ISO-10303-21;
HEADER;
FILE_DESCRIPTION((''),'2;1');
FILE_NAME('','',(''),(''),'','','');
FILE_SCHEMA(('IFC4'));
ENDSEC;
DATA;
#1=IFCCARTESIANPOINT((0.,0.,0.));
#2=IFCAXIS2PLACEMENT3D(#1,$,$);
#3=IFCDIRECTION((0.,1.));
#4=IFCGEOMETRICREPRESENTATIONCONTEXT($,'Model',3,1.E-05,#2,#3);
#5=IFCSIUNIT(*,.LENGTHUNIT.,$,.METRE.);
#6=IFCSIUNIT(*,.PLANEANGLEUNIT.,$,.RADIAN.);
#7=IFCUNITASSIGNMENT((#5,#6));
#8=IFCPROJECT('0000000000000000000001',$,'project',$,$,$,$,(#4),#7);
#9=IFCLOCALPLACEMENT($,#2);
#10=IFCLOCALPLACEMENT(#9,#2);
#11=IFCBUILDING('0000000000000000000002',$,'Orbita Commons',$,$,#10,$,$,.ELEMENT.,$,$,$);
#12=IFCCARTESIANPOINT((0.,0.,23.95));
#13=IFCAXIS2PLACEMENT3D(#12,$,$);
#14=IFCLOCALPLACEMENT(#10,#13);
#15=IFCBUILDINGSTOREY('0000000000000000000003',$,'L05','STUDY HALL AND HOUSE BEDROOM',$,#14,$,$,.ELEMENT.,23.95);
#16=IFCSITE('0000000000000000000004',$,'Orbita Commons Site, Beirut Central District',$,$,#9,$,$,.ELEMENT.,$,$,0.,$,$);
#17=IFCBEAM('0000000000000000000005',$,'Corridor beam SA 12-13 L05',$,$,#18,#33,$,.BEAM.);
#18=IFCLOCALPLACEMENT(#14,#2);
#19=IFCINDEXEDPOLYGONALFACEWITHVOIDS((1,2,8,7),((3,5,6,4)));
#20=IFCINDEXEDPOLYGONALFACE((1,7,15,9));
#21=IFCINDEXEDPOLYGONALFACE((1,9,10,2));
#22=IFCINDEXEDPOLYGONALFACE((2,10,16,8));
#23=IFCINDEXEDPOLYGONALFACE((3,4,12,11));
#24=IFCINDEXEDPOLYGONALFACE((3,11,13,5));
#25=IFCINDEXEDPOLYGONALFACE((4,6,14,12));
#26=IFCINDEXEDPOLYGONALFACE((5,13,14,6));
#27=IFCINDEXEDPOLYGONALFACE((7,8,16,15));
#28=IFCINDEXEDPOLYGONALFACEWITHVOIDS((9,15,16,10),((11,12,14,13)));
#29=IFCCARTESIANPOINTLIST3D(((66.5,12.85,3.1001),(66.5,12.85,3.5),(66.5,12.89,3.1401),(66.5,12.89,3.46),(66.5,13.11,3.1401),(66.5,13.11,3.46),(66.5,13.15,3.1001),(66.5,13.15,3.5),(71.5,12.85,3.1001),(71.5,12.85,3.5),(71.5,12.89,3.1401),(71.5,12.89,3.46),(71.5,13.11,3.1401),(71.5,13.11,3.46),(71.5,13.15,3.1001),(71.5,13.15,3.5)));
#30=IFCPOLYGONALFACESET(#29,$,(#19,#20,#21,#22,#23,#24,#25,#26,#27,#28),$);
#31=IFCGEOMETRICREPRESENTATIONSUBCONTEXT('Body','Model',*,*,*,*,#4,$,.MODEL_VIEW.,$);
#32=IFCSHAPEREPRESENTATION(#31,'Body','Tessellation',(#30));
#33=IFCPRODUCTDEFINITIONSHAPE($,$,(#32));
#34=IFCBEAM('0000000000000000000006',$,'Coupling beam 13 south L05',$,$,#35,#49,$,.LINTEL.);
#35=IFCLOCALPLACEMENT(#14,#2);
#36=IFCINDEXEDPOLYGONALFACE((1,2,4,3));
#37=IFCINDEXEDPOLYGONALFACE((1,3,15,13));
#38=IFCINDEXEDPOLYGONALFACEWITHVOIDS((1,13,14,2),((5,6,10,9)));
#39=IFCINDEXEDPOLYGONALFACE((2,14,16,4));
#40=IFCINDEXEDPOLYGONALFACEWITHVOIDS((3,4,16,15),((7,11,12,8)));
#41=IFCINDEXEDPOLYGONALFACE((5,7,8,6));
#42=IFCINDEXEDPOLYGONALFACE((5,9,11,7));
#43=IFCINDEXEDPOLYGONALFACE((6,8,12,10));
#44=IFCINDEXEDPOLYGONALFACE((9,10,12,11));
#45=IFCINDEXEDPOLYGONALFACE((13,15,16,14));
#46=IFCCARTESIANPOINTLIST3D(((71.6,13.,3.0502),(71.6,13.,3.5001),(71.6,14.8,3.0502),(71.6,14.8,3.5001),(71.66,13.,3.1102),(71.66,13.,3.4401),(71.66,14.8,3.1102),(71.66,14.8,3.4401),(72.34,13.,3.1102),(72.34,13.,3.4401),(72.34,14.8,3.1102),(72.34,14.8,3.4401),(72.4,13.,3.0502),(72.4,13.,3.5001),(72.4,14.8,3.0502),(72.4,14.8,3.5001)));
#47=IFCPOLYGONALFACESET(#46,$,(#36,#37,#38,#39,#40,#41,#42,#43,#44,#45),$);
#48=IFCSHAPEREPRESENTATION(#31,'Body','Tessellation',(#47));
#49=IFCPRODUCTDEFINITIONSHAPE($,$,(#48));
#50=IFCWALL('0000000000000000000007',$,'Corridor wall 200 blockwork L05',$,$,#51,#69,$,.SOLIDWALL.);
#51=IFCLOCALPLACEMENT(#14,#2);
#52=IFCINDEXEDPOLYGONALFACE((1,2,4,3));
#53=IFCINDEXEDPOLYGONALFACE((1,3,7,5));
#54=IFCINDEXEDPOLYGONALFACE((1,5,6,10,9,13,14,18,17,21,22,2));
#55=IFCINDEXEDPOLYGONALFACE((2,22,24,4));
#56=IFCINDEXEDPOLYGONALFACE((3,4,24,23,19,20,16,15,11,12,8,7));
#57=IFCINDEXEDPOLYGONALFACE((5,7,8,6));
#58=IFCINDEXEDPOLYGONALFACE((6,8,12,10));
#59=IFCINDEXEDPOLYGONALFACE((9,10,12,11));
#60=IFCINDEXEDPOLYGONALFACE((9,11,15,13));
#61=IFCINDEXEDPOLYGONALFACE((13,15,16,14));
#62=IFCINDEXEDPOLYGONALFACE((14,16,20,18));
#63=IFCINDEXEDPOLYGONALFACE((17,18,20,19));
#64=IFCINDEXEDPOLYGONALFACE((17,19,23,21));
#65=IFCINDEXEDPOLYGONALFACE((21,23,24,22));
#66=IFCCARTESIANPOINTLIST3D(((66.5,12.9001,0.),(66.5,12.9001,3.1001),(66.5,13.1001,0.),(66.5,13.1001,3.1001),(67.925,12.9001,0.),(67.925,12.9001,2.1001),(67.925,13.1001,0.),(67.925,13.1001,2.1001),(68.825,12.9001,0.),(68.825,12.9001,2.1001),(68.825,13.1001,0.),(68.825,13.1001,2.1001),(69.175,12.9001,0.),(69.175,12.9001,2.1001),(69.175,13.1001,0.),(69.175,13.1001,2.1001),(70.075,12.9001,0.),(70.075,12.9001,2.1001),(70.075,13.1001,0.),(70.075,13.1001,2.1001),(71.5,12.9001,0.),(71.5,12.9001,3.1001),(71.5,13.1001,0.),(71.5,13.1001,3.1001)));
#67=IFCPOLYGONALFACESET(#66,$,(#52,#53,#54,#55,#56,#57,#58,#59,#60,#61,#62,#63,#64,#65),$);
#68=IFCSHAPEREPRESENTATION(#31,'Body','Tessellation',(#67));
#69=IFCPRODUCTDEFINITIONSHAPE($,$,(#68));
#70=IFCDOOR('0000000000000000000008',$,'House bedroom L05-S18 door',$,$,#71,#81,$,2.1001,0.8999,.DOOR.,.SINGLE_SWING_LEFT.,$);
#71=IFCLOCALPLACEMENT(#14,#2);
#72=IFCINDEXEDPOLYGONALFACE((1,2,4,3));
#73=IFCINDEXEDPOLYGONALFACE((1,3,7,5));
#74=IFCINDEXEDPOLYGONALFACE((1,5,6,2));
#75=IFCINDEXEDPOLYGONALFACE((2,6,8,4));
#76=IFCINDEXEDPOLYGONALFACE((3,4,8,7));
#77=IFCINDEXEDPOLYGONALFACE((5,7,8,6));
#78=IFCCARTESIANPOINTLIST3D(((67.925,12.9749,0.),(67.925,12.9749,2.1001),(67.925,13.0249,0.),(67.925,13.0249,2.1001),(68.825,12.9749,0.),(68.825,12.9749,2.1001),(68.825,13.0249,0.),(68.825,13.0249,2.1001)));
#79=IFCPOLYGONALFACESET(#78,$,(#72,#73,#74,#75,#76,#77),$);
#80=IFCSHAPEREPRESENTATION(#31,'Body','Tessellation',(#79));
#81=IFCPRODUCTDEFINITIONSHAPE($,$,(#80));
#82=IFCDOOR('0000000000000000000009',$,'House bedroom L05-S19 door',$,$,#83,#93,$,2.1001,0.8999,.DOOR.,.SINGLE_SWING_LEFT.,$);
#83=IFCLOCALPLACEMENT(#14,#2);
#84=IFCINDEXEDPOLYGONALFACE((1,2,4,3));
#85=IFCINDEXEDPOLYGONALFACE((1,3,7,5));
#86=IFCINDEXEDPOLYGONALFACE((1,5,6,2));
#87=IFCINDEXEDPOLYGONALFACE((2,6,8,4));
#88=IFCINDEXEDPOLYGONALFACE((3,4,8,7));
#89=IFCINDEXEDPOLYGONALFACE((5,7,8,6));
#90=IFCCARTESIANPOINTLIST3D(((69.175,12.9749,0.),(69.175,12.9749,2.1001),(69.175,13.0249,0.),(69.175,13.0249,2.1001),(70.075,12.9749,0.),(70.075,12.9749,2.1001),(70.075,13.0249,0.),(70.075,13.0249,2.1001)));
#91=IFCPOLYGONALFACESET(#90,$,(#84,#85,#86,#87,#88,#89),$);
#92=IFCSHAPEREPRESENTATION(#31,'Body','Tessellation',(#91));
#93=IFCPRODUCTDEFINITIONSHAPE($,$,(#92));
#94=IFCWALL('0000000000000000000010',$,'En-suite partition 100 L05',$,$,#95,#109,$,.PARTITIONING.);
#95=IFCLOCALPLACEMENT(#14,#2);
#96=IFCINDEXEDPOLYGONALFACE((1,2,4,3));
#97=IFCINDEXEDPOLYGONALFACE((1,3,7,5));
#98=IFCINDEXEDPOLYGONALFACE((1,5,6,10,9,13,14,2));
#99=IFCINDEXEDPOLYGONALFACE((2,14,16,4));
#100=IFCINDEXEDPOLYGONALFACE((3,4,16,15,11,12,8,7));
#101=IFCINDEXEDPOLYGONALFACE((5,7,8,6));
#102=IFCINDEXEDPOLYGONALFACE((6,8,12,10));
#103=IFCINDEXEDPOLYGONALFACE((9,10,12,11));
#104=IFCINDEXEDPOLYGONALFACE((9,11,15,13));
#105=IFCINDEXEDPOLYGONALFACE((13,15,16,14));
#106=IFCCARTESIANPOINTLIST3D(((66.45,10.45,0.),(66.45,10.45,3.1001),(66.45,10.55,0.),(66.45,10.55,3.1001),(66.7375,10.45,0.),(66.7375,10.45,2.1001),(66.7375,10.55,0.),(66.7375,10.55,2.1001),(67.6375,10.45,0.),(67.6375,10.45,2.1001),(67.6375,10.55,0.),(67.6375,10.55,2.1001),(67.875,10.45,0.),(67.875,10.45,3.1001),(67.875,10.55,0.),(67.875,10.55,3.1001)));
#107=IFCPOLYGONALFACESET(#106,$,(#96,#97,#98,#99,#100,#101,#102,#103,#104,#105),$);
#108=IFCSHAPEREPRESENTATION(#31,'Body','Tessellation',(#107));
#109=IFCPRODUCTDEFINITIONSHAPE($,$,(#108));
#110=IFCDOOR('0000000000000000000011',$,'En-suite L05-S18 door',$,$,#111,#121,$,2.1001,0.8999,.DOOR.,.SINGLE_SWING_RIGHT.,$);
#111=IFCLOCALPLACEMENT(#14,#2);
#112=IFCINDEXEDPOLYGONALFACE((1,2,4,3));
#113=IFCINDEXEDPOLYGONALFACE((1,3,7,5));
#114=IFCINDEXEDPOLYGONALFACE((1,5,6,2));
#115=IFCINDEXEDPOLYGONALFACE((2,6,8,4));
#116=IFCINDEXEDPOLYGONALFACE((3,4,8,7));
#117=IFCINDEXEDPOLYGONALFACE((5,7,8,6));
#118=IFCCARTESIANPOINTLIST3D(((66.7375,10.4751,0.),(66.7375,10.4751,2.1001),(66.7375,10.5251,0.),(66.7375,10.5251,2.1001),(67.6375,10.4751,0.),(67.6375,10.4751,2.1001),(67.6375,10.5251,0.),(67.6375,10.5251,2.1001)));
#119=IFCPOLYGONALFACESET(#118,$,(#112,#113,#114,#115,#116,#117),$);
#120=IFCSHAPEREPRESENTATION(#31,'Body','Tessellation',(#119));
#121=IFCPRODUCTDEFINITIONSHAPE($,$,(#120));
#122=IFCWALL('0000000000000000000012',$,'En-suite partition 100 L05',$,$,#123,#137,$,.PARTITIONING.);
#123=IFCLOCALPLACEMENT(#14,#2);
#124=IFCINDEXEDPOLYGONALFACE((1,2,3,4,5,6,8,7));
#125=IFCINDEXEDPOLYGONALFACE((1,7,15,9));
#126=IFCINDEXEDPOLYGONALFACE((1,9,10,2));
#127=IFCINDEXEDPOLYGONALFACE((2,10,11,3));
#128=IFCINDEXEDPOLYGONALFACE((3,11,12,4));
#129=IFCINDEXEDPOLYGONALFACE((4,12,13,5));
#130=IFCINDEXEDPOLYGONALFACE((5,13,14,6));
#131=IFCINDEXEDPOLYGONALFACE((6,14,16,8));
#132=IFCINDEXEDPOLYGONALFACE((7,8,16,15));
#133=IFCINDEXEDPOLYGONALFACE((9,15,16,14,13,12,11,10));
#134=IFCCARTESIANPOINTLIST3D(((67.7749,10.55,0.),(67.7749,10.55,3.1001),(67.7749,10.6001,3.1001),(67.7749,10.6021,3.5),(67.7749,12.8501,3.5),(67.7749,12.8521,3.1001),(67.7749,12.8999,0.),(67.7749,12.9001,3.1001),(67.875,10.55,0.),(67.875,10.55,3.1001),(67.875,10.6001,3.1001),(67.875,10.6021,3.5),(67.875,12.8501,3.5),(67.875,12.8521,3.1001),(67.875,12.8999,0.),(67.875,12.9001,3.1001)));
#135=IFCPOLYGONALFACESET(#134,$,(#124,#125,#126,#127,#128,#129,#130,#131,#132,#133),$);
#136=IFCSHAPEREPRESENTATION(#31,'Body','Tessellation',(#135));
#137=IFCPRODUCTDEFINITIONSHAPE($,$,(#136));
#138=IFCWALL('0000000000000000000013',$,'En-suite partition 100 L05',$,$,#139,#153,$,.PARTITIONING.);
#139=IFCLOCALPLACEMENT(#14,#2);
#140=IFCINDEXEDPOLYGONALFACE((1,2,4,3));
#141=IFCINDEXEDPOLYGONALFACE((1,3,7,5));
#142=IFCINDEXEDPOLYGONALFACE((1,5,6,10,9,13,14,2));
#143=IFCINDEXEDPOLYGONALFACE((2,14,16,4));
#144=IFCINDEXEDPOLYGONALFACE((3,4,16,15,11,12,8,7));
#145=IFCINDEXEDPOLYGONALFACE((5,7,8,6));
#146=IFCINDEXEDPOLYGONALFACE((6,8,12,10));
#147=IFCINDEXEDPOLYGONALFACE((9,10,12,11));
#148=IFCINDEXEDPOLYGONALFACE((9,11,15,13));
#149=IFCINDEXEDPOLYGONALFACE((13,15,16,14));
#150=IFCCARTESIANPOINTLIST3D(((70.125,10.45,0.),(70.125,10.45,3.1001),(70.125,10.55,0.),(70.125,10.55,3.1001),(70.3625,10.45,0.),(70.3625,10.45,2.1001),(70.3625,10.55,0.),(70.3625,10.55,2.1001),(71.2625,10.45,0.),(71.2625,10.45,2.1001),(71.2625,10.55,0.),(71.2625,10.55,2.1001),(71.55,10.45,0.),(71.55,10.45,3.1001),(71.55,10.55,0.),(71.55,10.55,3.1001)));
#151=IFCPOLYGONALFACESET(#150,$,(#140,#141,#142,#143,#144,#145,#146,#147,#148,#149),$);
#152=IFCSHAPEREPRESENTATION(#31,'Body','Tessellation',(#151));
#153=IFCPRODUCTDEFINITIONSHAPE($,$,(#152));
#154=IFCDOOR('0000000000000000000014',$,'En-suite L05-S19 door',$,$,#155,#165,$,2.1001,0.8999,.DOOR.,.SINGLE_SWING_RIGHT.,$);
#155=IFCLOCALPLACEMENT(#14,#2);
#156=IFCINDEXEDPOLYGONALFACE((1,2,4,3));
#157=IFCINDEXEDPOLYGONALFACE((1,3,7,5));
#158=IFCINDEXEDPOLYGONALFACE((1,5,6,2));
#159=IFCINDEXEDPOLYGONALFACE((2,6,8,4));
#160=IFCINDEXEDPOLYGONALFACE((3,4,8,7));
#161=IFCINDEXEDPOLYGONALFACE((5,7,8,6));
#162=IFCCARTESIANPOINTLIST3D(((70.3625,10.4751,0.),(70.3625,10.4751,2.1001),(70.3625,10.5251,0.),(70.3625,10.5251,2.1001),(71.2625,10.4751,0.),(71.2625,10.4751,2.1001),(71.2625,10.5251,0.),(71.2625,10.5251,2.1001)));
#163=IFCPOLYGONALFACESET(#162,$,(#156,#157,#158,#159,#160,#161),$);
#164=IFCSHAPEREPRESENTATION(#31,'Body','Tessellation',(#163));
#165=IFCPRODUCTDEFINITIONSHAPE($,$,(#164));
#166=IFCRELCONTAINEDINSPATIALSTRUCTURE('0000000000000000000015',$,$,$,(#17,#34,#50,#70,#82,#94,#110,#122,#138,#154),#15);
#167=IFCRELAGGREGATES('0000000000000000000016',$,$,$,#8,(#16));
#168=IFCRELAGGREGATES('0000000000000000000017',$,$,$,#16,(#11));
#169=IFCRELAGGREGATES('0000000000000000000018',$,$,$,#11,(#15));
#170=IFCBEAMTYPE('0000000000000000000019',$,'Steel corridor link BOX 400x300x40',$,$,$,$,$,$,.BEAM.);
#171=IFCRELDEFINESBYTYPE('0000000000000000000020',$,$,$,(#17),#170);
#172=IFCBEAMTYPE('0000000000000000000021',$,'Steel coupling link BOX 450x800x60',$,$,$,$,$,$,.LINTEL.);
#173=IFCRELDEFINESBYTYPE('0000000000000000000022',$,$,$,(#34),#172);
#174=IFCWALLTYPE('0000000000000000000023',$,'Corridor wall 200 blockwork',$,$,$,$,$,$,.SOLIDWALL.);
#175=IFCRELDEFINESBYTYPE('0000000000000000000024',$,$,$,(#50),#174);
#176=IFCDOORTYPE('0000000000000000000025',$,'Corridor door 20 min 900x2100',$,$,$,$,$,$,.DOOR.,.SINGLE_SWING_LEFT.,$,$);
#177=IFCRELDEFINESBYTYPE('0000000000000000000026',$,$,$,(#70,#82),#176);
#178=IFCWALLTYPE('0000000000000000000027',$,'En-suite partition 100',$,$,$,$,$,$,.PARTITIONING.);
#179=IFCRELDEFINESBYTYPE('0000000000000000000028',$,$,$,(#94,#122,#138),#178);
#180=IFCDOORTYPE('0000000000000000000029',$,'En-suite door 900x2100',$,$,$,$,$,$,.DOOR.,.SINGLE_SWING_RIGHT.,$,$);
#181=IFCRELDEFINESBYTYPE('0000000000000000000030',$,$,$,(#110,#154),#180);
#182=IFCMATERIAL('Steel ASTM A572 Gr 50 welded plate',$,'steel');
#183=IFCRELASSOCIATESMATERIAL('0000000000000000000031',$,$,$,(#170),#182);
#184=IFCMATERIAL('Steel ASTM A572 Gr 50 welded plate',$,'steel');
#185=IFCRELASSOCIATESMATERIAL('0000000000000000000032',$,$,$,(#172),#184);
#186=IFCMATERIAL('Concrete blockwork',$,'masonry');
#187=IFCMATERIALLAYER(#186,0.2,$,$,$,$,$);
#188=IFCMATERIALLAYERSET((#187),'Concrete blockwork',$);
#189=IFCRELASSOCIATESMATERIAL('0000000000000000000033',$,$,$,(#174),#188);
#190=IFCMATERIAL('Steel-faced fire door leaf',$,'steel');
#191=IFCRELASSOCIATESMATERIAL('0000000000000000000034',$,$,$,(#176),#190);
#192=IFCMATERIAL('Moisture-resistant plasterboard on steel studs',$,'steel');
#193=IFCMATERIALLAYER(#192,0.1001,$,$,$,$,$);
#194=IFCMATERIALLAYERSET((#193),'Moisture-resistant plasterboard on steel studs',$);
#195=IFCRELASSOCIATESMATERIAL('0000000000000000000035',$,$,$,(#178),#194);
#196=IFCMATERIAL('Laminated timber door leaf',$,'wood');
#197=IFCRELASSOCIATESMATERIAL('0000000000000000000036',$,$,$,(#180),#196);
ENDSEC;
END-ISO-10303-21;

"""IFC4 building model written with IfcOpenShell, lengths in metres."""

from ifc_helpers import new_model, si_unit, direction, frame, frame_2d, origin, origin_2d, place, context, subcontext, project, spatial, polyline, rectangle, hollow_rectangle, outline, extrude, material, layer, layer_set, material_profile, profile_set, type_object, element, fill, save


model = new_model("IFC4")

# Units and contexts
model_context = context("Model", 3, precision=1e-05, world=origin(), true_north=direction((0.0, 1.0)))
body_context = subcontext(model_context, "Body", "Model", "MODEL_VIEW")
ifc_project = project(units=[si_unit("LENGTHUNIT", "METRE"), si_unit("PLANEANGLEUNIT", "RADIAN")], contexts=[model_context])

# Site, building, storey
site_placement = place(None, origin())
site = spatial("IfcSite", under=ifc_project, at=site_placement, Name="Orbita Commons Site, Beirut Central District", CompositionType="ELEMENT", RefElevation=0.0)
building_placement = place(site_placement, origin())
building = spatial("IfcBuilding", under=site, at=building_placement, Name="Orbita Commons", CompositionType="ELEMENT")
storey_placement = place(building_placement, frame((0.0, 0.0, 23.95)))
storey = spatial("IfcBuildingStorey", under=building, at=storey_placement, Name="L05", Description="STUDY HALL AND HOUSE BEDROOM", CompositionType="ELEMENT", Elevation=23.95)

# Beams
ifc_material_1 = material(Name="Steel ASTM A572 Gr 50 welded plate", Category="steel")
ifc_material_profile_1 = material_profile(ifc_material_1, hollow_rectangle(XDim=0.3, YDim=0.3999, WallThickness=0.04, at=origin_2d()), Name="BOX 400x300x40")
ifc_profile_set_1 = profile_set([ifc_material_profile_1], Name="Steel ASTM A572 Gr 50 welded plate")
beam_type_1 = type_object("IfcBeamType", Name="Steel corridor link BOX 400x300x40", PredefinedType="BEAM", material=ifc_profile_set_1)
beam_1_placement = place(storey_placement, frame((66.5, 13.0, 3.3), z_axis=(1.0, 0.0, 0.0), x_axis=(0.0, 1.0, 0.0)))
element("IfcBeam", 1, at=beam_1_placement, inside=storey, type_object=beam_type_1, Name="Corridor beam SA 12-13 L05", PredefinedType="BEAM", context=body_context, shape_type="SweptSolid", body=[
    extrude(hollow_rectangle(XDim=0.3, YDim=0.3999, WallThickness=0.04, at=origin_2d()), origin(), (0.0, 0.0, 1.0), 5.0),
])
ifc_material_2 = material(Name="Steel ASTM A572 Gr 50 welded plate", Category="steel")
ifc_material_profile_2 = material_profile(ifc_material_2, hollow_rectangle(XDim=0.8, YDim=0.45, WallThickness=0.0601, at=origin_2d()), Name="BOX 450x800x60")
ifc_profile_set_2 = profile_set([ifc_material_profile_2], Name="Steel ASTM A572 Gr 50 welded plate")
beam_type_2 = type_object("IfcBeamType", Name="Steel coupling link BOX 450x800x60", PredefinedType="LINTEL", material=ifc_profile_set_2)
beam_2_placement = place(storey_placement, frame((72.0, 13.0, 3.2751), z_axis=(0.0, 1.0, 0.0), x_axis=(-1.0, 0.0, 0.0)))
element("IfcBeam", 2, at=beam_2_placement, inside=storey, type_object=beam_type_2, Name="Coupling beam 13 south L05", PredefinedType="LINTEL", context=body_context, shape_type="SweptSolid", body=[
    extrude(hollow_rectangle(XDim=0.8, YDim=0.45, WallThickness=0.0601, at=origin_2d()), origin(), (0.0, 0.0, 1.0), 1.8),
])

# Wall, openings, doors
ifc_material_3 = material(Name="Concrete blockwork", Category="masonry")
ifc_layer_1 = layer(ifc_material_3, 0.2)
ifc_layer_set_1 = layer_set([ifc_layer_1], Name="Concrete blockwork")
wall_type_1 = type_object("IfcWallType", Name="Corridor wall 200 blockwork", PredefinedType="SOLIDWALL", material=ifc_layer_set_1)
wall_1_placement = place(storey_placement, frame((66.5, 13.0, 0.0), z_axis=(0.0, 0.0, 1.0), x_axis=(1.0, 0.0, 0.0)))
wall_1 = element("IfcWall", 3, at=wall_1_placement, inside=storey, type_object=wall_type_1, Name="Corridor wall 200 blockwork L05", PredefinedType="SOLIDWALL", context=body_context, shape_type="SweptSolid", body=[
    extrude(outline(polyline([(0.0, 0.0), (5.0, 0.0), (5.0, 3.1001), (0.0, 3.1001), (0.0, 0.0)])), frame((0.0, 0.1001, 0.0), z_axis=(0.0, -1.0, 0.0), x_axis=(1.0, 0.0, 0.0)), (0.0, 0.0, 1.0), 0.2),
])
opening_1_placement = place(wall_1_placement, frame((1.425, 0.0, 0.0)))
opening_1 = element("IfcOpeningElement", 4, at=opening_1_placement, cuts=wall_1, PredefinedType="OPENING", context=body_context, shape_type="SweptSolid", body=[
    extrude(rectangle(XDim=0.8999, YDim=2.1001, at=frame_2d((0.45, 1.05))), frame((0.0, 0.1099, 0.0), z_axis=(0.0, -1.0, 0.0), x_axis=(1.0, 0.0, 0.0)), (0.0, 0.0, 1.0), 0.22),
])
opening_2_placement = place(wall_1_placement, frame((2.675, 0.0, 0.0)))
opening_2 = element("IfcOpeningElement", 5, at=opening_2_placement, cuts=wall_1, PredefinedType="OPENING", context=body_context, shape_type="SweptSolid", body=[
    extrude(rectangle(XDim=0.8999, YDim=2.1001, at=frame_2d((0.45, 1.05))), frame((0.0, 0.1099, 0.0), z_axis=(0.0, -1.0, 0.0), x_axis=(1.0, 0.0, 0.0)), (0.0, 0.0, 1.0), 0.22),
])
ifc_material_4 = material(Name="Steel-faced fire door leaf", Category="steel")
door_type_1 = type_object("IfcDoorType", Name="Corridor door 20 min 900x2100", OperationType="SINGLE_SWING_LEFT", PredefinedType="DOOR", material=ifc_material_4)
door_1_placement = place(opening_1_placement, origin())
door_1 = element("IfcDoor", 6, at=door_1_placement, inside=storey, type_object=door_type_1, Name="House bedroom L05-S18 door", OperationType="SINGLE_SWING_LEFT", OverallHeight=2.1001, OverallWidth=0.8999, PredefinedType="DOOR", context=body_context, shape_type="SweptSolid", body=[
    extrude(rectangle(XDim=0.8999, YDim=2.1001, at=frame_2d((0.45, 1.05))), frame((0.0, 0.0249, 0.0), z_axis=(0.0, -1.0, 0.0), x_axis=(1.0, 0.0, 0.0)), (0.0, 0.0, 1.0), 0.05),
])
fill(opening_1, door_1)
door_2_placement = place(opening_2_placement, origin())
door_2 = element("IfcDoor", 7, at=door_2_placement, inside=storey, type_object=door_type_1, Name="House bedroom L05-S19 door", OperationType="SINGLE_SWING_LEFT", OverallHeight=2.1001, OverallWidth=0.8999, PredefinedType="DOOR", context=body_context, shape_type="SweptSolid", body=[
    extrude(rectangle(XDim=0.8999, YDim=2.1001, at=frame_2d((0.45, 1.05))), frame((0.0, 0.0249, 0.0), z_axis=(0.0, -1.0, 0.0), x_axis=(1.0, 0.0, 0.0)), (0.0, 0.0, 1.0), 0.05),
])
fill(opening_2, door_2)

# Wall, opening, door
ifc_material_5 = material(Name="Moisture-resistant plasterboard on steel studs", Category="steel")
ifc_layer_2 = layer(ifc_material_5, 0.1001)
ifc_layer_set_2 = layer_set([ifc_layer_2], Name="Moisture-resistant plasterboard on steel studs")
wall_type_2 = type_object("IfcWallType", Name="En-suite partition 100", PredefinedType="PARTITIONING", material=ifc_layer_set_2)
wall_2_placement = place(storey_placement, frame((67.875, 10.5, 0.0), z_axis=(0.0, 0.0, 1.0), x_axis=(-1.0, 0.0, 0.0)))
wall_2 = element("IfcWall", 8, at=wall_2_placement, inside=storey, type_object=wall_type_2, Name="En-suite partition 100 L05", PredefinedType="PARTITIONING", context=body_context, shape_type="SweptSolid", body=[
    extrude(outline(polyline([(0.0, 0.0), (1.425, 0.0), (1.425, 3.1001), (0.0, 3.1001), (0.0, 0.0)])), frame((0.0, 0.05, 0.0), z_axis=(0.0, -1.0, 0.0), x_axis=(1.0, 0.0, 0.0)), (0.0, 0.0, 1.0), 0.1001),
])
opening_3_placement = place(wall_2_placement, frame((0.2375, 0.0, 0.0)))
opening_3 = element("IfcOpeningElement", 9, at=opening_3_placement, cuts=wall_2, PredefinedType="OPENING", context=body_context, shape_type="SweptSolid", body=[
    extrude(rectangle(XDim=0.8999, YDim=2.1001, at=frame_2d((0.45, 1.05))), frame((0.0, 0.0601, 0.0), z_axis=(0.0, -1.0, 0.0), x_axis=(1.0, 0.0, 0.0)), (0.0, 0.0, 1.0), 0.1201),
])
ifc_material_6 = material(Name="Laminated timber door leaf", Category="wood")
door_type_2 = type_object("IfcDoorType", Name="En-suite door 900x2100", OperationType="SINGLE_SWING_RIGHT", PredefinedType="DOOR", material=ifc_material_6)
door_3_placement = place(opening_3_placement, origin())
door_3 = element("IfcDoor", 10, at=door_3_placement, inside=storey, type_object=door_type_2, Name="En-suite L05-S18 door", OperationType="SINGLE_SWING_RIGHT", OverallHeight=2.1001, OverallWidth=0.8999, PredefinedType="DOOR", context=body_context, shape_type="SweptSolid", body=[
    extrude(rectangle(XDim=0.8999, YDim=2.1001, at=frame_2d((0.45, 1.05))), frame((0.0, 0.0249, 0.0), z_axis=(0.0, -1.0, 0.0), x_axis=(1.0, 0.0, 0.0)), (0.0, 0.0, 1.0), 0.05),
])
fill(opening_3, door_3)

# Wall
wall_3_placement = place(storey_placement, frame((67.825, 10.55, 0.0), z_axis=(0.0, 0.0, 1.0), x_axis=(0.0, 1.0, 0.0)))
element("IfcWall", 11, at=wall_3_placement, inside=storey, type_object=wall_type_2, Name="En-suite partition 100 L05", PredefinedType="PARTITIONING", context=body_context, shape_type="SweptSolid", body=[
    extrude(outline(polyline([(0.0, 0.0), (2.3499, 0.0), (2.3501, 3.1001), (2.302, 3.1001), (2.3, 3.5), (0.052, 3.5), (0.05, 3.1001), (0.0, 3.1001), (0.0, 0.0)])), frame((0.0, 0.05, 0.0), z_axis=(0.0, -1.0, 0.0), x_axis=(1.0, 0.0, 0.0)), (0.0, 0.0, 1.0), 0.1001),
])

# Wall, opening, door
wall_4_placement = place(storey_placement, frame((71.55, 10.5, 0.0), z_axis=(0.0, 0.0, 1.0), x_axis=(-1.0, 0.0, 0.0)))
wall_4 = element("IfcWall", 12, at=wall_4_placement, inside=storey, type_object=wall_type_2, Name="En-suite partition 100 L05", PredefinedType="PARTITIONING", context=body_context, shape_type="SweptSolid", body=[
    extrude(outline(polyline([(0.0, 0.0), (1.425, 0.0), (1.425, 3.1001), (0.0, 3.1001), (0.0, 0.0)])), frame((0.0, 0.05, 0.0), z_axis=(0.0, -1.0, 0.0), x_axis=(1.0, 0.0, 0.0)), (0.0, 0.0, 1.0), 0.1001),
])
opening_4_placement = place(wall_4_placement, frame((0.2876, 0.0, 0.0)))
opening_4 = element("IfcOpeningElement", 13, at=opening_4_placement, cuts=wall_4, PredefinedType="OPENING", context=body_context, shape_type="SweptSolid", body=[
    extrude(rectangle(XDim=0.8999, YDim=2.1001, at=frame_2d((0.45, 1.05))), frame((0.0, 0.0601, 0.0), z_axis=(0.0, -1.0, 0.0), x_axis=(1.0, 0.0, 0.0)), (0.0, 0.0, 1.0), 0.1201),
])
door_4_placement = place(opening_4_placement, origin())
door_4 = element("IfcDoor", 14, at=door_4_placement, inside=storey, type_object=door_type_2, Name="En-suite L05-S19 door", OperationType="SINGLE_SWING_RIGHT", OverallHeight=2.1001, OverallWidth=0.8999, PredefinedType="DOOR", context=body_context, shape_type="SweptSolid", body=[
    extrude(rectangle(XDim=0.8999, YDim=2.1001, at=frame_2d((0.45, 1.05))), frame((0.0, 0.0249, 0.0), z_axis=(0.0, -1.0, 0.0), x_axis=(1.0, 0.0, 0.0)), (0.0, 0.0, 1.0), 0.05),
])
fill(opening_4, door_4)

save(model, "model.ifc")
